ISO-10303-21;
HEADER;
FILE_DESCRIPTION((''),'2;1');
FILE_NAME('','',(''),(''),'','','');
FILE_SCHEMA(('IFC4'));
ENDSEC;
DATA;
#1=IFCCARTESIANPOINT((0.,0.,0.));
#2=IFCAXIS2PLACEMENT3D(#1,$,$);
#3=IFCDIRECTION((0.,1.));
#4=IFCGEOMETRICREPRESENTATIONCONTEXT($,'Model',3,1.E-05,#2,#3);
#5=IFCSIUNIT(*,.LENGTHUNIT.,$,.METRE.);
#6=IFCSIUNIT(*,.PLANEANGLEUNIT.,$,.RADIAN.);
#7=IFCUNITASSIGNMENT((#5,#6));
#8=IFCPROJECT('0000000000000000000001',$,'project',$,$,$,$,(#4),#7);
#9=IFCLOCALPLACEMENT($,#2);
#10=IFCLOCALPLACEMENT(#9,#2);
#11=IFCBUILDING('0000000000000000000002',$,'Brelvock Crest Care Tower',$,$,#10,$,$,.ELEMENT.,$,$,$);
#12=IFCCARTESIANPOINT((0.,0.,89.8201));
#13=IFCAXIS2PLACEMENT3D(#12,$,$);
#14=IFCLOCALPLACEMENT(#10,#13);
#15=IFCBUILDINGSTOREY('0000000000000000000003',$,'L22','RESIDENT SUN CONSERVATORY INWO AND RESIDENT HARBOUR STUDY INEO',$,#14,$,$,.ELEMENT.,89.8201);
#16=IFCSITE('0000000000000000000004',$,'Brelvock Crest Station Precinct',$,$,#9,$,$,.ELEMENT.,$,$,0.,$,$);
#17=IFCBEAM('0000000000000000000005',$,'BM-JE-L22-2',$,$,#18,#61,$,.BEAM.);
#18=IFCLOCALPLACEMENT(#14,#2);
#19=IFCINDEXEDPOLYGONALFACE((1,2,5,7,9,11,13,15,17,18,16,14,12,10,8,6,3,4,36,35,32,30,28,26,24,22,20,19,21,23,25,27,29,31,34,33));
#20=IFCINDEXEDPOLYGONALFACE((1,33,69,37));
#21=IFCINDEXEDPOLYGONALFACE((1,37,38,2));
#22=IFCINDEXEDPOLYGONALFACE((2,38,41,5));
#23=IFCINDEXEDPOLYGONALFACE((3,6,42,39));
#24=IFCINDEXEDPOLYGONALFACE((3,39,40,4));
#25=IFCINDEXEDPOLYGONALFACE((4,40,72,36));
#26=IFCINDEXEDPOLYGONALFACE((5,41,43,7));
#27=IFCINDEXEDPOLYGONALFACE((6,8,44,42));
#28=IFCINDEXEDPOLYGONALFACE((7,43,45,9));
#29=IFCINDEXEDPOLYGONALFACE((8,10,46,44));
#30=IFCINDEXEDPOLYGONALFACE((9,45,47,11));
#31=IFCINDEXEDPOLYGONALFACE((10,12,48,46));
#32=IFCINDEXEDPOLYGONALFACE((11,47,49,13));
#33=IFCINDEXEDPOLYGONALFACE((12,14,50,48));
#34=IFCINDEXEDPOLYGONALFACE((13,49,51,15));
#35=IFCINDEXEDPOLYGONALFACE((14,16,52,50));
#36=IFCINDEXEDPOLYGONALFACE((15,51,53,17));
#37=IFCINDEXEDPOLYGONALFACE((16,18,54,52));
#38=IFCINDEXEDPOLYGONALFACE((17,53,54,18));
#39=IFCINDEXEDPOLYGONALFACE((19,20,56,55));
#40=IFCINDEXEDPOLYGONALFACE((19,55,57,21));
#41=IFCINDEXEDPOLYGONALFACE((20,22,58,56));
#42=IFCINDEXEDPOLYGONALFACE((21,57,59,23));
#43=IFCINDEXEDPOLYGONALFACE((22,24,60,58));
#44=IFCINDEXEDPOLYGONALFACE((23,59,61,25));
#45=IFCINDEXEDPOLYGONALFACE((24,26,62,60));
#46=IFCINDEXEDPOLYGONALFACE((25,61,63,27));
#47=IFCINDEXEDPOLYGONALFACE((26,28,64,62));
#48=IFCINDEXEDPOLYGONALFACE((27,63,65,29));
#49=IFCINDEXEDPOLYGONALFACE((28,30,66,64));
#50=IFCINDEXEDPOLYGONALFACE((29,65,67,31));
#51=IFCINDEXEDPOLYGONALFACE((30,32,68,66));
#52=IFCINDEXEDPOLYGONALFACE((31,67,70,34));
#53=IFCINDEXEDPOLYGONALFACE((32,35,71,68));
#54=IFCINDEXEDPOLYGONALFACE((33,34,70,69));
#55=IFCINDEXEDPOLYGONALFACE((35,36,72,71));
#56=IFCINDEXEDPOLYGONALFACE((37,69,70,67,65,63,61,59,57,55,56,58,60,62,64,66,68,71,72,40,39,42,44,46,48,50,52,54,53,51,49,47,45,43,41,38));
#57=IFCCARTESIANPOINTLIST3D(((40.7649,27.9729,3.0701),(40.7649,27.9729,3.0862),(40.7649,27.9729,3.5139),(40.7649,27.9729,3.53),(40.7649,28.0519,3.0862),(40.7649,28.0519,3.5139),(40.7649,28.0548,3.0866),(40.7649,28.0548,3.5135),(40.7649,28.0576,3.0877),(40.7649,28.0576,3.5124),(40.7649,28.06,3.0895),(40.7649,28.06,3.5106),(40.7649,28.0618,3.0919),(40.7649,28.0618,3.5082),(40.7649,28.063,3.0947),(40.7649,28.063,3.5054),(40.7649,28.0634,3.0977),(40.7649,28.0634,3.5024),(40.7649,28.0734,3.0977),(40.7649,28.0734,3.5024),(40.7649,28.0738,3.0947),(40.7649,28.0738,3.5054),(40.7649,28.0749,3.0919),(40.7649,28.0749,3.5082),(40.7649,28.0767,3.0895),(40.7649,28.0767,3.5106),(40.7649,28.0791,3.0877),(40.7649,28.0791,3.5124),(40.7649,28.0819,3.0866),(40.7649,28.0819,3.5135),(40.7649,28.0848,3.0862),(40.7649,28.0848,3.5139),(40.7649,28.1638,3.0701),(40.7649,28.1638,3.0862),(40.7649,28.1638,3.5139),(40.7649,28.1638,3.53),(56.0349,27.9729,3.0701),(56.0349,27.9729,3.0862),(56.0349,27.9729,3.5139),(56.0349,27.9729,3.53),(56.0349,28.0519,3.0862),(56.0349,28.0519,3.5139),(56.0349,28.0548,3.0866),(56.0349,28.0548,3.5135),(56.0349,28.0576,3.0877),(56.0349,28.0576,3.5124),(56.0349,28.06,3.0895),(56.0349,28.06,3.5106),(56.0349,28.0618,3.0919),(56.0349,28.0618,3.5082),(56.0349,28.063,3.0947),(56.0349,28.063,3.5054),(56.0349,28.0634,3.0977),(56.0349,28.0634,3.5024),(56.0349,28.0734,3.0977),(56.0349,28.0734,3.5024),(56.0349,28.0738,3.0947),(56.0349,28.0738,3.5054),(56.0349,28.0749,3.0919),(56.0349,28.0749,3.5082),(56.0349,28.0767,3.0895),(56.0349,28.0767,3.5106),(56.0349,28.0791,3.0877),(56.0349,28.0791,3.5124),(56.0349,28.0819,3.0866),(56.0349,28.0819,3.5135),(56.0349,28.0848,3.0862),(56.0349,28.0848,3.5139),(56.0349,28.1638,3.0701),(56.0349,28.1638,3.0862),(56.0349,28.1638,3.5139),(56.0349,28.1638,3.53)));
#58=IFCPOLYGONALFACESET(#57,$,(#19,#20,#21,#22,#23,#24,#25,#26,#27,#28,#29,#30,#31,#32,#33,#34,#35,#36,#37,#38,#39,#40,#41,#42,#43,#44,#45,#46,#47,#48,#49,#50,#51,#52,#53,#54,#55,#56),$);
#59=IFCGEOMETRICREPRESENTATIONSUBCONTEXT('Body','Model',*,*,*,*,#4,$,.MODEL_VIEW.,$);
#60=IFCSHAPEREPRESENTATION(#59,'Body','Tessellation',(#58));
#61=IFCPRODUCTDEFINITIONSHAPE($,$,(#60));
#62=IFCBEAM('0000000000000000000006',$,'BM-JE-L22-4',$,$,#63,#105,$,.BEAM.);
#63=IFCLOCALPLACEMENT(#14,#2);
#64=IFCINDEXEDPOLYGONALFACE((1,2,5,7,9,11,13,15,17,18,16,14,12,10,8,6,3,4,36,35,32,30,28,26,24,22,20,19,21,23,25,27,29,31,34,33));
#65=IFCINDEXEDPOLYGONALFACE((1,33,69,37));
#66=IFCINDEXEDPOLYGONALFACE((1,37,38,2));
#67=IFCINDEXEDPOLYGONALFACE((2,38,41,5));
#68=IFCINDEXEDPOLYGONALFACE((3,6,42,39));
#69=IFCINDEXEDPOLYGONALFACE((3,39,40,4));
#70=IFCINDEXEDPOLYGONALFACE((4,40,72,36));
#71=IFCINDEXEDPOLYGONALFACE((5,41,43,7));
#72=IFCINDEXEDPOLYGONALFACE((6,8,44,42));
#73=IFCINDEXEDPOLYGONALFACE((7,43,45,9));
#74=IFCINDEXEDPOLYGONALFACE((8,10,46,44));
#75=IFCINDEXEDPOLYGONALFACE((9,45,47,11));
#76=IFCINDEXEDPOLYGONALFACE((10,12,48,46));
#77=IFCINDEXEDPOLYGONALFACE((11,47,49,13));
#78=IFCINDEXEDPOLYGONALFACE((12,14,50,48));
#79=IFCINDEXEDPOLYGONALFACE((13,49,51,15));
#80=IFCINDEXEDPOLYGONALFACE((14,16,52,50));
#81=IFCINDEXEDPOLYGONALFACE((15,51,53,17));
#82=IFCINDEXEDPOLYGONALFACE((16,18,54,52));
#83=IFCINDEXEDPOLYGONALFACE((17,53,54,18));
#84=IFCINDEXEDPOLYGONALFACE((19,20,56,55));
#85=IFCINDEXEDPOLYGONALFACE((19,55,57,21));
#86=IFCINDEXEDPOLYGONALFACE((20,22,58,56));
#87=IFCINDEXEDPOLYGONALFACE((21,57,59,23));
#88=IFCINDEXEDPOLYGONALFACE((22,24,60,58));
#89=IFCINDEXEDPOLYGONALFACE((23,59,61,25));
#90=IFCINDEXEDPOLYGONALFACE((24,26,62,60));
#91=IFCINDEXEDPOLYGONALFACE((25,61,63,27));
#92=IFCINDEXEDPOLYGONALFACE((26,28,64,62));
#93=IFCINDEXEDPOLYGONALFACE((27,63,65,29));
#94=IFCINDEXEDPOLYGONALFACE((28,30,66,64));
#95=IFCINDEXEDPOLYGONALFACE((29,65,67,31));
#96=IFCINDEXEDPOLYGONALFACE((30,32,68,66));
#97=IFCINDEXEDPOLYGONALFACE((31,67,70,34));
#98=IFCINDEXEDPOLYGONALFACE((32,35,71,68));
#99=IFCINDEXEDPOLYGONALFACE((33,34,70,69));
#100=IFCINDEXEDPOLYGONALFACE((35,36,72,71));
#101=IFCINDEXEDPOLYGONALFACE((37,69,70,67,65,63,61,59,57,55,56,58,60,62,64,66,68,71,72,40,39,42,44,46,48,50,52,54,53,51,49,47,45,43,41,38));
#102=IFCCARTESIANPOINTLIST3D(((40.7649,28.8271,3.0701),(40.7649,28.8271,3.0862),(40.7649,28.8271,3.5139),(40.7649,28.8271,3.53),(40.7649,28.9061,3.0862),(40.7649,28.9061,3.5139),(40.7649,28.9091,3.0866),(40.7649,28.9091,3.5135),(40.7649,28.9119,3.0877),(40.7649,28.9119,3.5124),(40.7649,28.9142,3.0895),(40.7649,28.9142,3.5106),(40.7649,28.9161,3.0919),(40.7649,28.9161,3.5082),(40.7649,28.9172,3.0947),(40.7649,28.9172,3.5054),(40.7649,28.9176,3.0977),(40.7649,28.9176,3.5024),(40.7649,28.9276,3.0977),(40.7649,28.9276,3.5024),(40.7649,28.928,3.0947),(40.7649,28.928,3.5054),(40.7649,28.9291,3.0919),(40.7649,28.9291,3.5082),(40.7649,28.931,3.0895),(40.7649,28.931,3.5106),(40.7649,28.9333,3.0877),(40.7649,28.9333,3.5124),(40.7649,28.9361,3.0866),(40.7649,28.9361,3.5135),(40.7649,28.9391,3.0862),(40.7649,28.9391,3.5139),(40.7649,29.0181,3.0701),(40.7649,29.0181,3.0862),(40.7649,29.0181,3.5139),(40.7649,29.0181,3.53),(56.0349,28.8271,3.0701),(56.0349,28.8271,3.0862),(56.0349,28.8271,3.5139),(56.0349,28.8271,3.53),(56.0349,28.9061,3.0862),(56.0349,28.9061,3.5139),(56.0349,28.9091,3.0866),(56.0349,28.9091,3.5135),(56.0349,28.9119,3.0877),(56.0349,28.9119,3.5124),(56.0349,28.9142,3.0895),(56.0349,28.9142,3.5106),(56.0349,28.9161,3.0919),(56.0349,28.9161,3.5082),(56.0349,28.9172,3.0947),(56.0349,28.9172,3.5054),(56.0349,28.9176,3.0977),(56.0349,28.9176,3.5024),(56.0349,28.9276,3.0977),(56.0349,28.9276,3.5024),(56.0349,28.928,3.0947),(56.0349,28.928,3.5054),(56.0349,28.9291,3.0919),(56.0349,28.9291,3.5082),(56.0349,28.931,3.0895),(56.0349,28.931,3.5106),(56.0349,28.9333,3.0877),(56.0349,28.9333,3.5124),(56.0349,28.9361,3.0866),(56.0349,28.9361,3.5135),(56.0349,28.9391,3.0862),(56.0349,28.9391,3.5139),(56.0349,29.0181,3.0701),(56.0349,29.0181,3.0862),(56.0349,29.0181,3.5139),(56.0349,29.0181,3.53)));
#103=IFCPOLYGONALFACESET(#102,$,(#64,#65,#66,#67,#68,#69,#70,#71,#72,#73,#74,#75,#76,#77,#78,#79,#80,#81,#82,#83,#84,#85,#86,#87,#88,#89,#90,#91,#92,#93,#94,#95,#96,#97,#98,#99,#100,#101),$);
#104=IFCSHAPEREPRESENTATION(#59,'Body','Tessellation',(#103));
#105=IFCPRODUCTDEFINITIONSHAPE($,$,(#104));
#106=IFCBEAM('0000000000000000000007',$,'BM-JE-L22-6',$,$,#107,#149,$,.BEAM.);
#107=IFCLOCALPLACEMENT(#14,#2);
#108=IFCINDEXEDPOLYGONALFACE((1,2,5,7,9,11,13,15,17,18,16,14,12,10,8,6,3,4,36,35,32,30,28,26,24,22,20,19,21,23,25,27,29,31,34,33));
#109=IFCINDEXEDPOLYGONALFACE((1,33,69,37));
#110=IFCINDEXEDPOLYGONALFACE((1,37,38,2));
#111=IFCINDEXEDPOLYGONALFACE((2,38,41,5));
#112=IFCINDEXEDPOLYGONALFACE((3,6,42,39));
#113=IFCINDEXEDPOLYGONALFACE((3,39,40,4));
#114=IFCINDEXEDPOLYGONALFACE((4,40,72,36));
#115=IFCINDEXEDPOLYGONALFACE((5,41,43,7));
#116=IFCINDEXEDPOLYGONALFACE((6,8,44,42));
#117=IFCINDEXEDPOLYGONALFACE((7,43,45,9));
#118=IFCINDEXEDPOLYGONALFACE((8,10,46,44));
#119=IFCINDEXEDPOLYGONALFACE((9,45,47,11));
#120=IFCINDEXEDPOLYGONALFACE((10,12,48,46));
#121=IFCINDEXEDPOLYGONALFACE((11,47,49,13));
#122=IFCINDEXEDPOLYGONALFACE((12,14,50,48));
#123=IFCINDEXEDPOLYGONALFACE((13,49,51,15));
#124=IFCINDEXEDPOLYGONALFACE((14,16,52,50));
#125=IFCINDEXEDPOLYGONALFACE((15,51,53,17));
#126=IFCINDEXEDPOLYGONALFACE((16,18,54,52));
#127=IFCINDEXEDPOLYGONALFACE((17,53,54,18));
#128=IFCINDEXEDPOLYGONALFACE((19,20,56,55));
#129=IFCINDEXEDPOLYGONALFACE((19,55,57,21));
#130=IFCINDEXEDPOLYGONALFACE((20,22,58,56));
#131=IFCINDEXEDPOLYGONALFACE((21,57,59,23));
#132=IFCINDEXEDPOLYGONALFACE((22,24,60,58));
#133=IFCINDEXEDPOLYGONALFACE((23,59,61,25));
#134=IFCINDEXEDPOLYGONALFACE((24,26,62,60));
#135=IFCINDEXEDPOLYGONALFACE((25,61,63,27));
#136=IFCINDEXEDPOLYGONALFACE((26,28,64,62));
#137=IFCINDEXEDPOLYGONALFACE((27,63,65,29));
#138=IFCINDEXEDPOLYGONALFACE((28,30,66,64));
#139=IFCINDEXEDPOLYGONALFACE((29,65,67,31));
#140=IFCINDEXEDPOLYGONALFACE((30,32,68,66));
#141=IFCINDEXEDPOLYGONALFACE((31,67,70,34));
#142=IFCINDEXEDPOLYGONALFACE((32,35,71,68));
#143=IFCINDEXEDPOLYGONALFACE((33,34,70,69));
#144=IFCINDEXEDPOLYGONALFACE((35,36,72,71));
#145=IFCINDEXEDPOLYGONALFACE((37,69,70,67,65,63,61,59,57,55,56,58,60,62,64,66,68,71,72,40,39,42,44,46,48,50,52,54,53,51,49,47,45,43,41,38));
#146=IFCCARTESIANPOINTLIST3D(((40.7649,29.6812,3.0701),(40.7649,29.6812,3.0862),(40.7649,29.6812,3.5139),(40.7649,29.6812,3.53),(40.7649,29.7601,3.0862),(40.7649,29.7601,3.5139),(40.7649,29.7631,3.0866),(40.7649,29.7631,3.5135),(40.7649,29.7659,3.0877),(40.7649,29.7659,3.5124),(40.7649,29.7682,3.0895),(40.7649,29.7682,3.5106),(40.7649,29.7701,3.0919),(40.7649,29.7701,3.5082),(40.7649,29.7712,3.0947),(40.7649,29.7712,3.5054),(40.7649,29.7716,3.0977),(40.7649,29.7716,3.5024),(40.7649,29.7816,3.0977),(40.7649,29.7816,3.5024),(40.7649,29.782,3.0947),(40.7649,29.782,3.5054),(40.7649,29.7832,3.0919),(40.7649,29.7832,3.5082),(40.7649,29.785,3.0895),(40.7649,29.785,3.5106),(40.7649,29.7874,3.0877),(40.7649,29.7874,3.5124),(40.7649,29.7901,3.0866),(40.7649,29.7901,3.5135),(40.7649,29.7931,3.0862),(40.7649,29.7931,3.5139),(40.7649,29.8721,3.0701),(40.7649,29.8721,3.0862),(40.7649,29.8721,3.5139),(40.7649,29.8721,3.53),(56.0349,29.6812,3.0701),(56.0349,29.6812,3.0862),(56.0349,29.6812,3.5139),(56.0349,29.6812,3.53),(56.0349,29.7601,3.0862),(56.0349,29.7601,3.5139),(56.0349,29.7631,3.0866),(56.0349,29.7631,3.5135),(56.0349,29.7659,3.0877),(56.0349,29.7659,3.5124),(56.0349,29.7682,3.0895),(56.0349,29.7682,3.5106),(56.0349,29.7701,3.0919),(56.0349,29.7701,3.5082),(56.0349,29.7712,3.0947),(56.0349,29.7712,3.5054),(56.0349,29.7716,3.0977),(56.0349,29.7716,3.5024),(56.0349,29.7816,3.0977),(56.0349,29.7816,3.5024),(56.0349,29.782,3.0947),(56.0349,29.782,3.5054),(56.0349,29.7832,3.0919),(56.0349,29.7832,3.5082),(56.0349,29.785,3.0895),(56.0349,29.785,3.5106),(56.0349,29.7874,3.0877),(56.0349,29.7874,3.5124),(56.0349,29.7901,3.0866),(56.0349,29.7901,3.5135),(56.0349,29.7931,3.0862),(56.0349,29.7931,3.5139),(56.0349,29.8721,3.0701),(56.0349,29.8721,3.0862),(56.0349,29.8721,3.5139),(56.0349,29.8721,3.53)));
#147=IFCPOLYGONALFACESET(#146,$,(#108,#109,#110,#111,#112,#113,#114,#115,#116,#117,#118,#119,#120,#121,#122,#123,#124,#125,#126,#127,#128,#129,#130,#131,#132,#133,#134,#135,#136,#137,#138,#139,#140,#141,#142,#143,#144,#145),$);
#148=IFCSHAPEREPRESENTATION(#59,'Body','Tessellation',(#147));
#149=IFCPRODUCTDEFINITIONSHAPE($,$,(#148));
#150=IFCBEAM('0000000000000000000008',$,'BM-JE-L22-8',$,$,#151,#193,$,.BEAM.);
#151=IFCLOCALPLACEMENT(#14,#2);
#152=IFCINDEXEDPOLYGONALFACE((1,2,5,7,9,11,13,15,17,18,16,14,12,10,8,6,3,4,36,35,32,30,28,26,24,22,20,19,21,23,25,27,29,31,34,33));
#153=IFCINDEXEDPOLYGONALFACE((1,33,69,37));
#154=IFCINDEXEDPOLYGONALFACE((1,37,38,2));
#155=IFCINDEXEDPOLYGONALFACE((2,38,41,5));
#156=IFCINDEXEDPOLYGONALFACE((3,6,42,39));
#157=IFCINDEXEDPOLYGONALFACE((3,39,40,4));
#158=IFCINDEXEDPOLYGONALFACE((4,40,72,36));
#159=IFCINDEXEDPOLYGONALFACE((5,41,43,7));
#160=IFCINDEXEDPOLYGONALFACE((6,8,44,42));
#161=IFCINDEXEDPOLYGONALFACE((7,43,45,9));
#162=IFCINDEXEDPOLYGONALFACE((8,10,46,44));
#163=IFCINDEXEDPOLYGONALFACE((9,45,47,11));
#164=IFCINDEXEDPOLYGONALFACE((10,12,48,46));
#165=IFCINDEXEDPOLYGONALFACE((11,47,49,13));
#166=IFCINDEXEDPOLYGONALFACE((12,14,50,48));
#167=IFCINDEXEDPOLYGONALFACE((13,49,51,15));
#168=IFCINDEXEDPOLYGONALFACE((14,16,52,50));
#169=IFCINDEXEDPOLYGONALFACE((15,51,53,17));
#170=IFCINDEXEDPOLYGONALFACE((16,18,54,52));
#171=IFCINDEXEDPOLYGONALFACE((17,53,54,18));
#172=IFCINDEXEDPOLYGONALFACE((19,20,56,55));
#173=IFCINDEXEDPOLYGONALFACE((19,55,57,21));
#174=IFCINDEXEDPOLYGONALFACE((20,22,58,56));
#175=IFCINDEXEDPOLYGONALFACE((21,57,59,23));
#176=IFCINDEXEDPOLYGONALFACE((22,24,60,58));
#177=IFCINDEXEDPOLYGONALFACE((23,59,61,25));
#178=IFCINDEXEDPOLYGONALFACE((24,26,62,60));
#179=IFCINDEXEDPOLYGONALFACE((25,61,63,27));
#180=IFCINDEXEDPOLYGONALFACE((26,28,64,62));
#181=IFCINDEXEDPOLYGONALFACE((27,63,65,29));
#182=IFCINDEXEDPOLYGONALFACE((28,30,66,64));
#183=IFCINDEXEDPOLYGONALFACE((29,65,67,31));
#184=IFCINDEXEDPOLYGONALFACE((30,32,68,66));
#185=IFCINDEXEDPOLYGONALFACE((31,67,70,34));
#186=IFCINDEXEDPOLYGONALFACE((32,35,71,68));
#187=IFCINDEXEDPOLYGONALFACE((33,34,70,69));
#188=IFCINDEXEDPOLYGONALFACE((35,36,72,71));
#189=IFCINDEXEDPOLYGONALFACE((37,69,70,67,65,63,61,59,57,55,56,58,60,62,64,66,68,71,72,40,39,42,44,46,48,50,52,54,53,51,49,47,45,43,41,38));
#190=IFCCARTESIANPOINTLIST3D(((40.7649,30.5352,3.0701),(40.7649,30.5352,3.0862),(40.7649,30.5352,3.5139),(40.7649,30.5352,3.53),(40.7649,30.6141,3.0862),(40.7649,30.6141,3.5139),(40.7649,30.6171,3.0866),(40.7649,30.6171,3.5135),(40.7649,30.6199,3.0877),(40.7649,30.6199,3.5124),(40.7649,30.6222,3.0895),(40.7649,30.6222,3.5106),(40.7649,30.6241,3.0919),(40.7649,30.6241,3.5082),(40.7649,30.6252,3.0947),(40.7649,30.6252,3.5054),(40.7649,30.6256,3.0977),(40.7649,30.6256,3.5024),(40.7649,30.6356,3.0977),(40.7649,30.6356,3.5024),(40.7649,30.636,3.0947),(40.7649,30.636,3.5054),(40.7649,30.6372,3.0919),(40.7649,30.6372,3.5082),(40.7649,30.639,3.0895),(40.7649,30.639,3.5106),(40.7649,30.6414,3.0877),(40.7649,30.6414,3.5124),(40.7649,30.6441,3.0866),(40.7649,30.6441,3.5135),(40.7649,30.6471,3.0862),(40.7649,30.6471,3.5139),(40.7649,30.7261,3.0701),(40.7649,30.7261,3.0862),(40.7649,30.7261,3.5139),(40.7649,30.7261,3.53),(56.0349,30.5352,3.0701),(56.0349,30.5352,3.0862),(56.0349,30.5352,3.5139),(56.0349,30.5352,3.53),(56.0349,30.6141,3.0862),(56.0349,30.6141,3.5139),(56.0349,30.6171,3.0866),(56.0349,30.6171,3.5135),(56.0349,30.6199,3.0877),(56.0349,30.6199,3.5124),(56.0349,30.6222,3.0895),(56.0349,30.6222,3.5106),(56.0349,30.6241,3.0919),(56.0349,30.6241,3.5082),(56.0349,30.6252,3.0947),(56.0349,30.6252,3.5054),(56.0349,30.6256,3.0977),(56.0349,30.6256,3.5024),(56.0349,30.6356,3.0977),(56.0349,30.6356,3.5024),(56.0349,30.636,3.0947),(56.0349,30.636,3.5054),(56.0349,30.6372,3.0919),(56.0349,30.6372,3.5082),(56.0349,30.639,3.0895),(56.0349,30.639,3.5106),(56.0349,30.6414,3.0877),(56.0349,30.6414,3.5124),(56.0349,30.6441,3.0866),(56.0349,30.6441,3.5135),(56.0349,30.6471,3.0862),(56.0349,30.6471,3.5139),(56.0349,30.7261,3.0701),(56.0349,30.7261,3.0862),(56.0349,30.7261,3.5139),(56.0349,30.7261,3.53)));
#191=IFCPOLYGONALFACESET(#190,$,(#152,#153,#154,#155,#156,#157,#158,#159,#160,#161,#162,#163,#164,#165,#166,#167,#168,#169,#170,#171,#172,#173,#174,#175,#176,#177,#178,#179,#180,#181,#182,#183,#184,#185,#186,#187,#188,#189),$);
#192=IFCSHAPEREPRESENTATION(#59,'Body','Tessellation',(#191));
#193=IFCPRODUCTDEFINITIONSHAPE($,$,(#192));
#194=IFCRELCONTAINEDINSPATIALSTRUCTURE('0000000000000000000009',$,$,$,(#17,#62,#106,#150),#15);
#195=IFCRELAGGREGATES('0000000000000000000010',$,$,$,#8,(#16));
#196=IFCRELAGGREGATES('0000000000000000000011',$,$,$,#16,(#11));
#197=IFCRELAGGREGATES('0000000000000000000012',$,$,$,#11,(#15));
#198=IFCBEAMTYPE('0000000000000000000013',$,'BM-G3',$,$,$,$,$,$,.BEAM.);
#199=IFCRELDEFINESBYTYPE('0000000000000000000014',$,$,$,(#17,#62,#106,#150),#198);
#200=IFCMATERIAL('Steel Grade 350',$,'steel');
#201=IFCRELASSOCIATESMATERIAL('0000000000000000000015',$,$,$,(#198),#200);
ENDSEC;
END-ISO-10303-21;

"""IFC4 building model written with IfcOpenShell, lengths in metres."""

from ifc_helpers import new_model, si_unit, direction, frame, origin, origin_2d, place, context, subcontext, project, spatial, i_section, extrude, source, transform, mapped, material, material_profile, profile_set, type_object, element, save


model = new_model("IFC4")

# Units and contexts
model_context = context("Model", 3, precision=1e-05, world=origin(), true_north=direction((0.0, 1.0)))
body_context = subcontext(model_context, "Body", "Model", "MODEL_VIEW")
ifc_project = project(units=[si_unit("LENGTHUNIT", "METRE"), si_unit("PLANEANGLEUNIT", "RADIAN")], contexts=[model_context])

# Site, building, storey
site_placement = place(None, origin())
site = spatial("IfcSite", under=ifc_project, at=site_placement, Name="Brelvock Crest Station Precinct", CompositionType="ELEMENT", RefElevation=0.0)
building_placement = place(site_placement, origin())
building = spatial("IfcBuilding", under=site, at=building_placement, Name="Brelvock Crest Care Tower", CompositionType="ELEMENT")
storey_placement = place(building_placement, frame((0.0, 0.0, 89.8201)))
storey = spatial("IfcBuildingStorey", under=building, at=storey_placement, Name="L22", Description="RESIDENT SUN CONSERVATORY INWO AND RESIDENT HARBOUR STUDY INEO", CompositionType="ELEMENT", Elevation=89.8201)

# Shared definitions
ifc_material_1 = material(Name="Steel Grade 350", Category="steel")

# Beams
ifc_material_profile_1 = material_profile(ifc_material_1, i_section(OverallWidth=0.1909, OverallDepth=0.46, WebThickness=0.01, FlangeThickness=0.0161, FilletRadius=0.0115, at=origin_2d()), Name="460UB82.1")
ifc_profile_set_1 = profile_set([ifc_material_profile_1], Name="Steel Grade 350")
beam_type_1 = type_object("IfcBeamType", Name="BM-G3", PredefinedType="BEAM", material=ifc_profile_set_1)
shared_shape_1 = source(origin(), body_context, "Body", "SweptSolid", [
    extrude(i_section(OverallWidth=0.1909, OverallDepth=0.46, WebThickness=0.01, FlangeThickness=0.0161, FilletRadius=0.0115, at=origin_2d()), origin(), (0.0, 0.0, 1.0), 15.27),
])
for number, where, z_axis, x_axis, name in (
    (1, (40.7649, 28.0684, 3.3), (1.0, 0.0, 0.0), (0.0, 1.0, 0.0), "BM-JE-L22-2"),
    (2, (40.7649, 28.9226, 3.3), (1.0, 0.0, 0.0), (0.0, 1.0, 0.0), "BM-JE-L22-4"),
    (3, (40.7649, 29.7766, 3.3), (1.0, 0.0, 0.0), (0.0, 1.0, 0.0), "BM-JE-L22-6"),
    (4, (40.7649, 30.6306, 3.3), (1.0, 0.0, 0.0), (0.0, 1.0, 0.0), "BM-JE-L22-8"),
):
    element("IfcBeam", number, at=place(storey_placement, frame(where, z_axis=z_axis, x_axis=x_axis)), inside=storey, type_object=beam_type_1, Name=name, PredefinedType="BEAM", context=body_context, shape_type="MappedRepresentation", body=[
        mapped(shared_shape_1, transform((0.0, 0.0, 0.0), x_axis=(1.0, 0.0, 0.0), y_axis=(0.0, 1.0, 0.0), z_axis=(0.0, 0.0, 1.0), scale=1.0)),
    ])

save(model, "model.ifc")
